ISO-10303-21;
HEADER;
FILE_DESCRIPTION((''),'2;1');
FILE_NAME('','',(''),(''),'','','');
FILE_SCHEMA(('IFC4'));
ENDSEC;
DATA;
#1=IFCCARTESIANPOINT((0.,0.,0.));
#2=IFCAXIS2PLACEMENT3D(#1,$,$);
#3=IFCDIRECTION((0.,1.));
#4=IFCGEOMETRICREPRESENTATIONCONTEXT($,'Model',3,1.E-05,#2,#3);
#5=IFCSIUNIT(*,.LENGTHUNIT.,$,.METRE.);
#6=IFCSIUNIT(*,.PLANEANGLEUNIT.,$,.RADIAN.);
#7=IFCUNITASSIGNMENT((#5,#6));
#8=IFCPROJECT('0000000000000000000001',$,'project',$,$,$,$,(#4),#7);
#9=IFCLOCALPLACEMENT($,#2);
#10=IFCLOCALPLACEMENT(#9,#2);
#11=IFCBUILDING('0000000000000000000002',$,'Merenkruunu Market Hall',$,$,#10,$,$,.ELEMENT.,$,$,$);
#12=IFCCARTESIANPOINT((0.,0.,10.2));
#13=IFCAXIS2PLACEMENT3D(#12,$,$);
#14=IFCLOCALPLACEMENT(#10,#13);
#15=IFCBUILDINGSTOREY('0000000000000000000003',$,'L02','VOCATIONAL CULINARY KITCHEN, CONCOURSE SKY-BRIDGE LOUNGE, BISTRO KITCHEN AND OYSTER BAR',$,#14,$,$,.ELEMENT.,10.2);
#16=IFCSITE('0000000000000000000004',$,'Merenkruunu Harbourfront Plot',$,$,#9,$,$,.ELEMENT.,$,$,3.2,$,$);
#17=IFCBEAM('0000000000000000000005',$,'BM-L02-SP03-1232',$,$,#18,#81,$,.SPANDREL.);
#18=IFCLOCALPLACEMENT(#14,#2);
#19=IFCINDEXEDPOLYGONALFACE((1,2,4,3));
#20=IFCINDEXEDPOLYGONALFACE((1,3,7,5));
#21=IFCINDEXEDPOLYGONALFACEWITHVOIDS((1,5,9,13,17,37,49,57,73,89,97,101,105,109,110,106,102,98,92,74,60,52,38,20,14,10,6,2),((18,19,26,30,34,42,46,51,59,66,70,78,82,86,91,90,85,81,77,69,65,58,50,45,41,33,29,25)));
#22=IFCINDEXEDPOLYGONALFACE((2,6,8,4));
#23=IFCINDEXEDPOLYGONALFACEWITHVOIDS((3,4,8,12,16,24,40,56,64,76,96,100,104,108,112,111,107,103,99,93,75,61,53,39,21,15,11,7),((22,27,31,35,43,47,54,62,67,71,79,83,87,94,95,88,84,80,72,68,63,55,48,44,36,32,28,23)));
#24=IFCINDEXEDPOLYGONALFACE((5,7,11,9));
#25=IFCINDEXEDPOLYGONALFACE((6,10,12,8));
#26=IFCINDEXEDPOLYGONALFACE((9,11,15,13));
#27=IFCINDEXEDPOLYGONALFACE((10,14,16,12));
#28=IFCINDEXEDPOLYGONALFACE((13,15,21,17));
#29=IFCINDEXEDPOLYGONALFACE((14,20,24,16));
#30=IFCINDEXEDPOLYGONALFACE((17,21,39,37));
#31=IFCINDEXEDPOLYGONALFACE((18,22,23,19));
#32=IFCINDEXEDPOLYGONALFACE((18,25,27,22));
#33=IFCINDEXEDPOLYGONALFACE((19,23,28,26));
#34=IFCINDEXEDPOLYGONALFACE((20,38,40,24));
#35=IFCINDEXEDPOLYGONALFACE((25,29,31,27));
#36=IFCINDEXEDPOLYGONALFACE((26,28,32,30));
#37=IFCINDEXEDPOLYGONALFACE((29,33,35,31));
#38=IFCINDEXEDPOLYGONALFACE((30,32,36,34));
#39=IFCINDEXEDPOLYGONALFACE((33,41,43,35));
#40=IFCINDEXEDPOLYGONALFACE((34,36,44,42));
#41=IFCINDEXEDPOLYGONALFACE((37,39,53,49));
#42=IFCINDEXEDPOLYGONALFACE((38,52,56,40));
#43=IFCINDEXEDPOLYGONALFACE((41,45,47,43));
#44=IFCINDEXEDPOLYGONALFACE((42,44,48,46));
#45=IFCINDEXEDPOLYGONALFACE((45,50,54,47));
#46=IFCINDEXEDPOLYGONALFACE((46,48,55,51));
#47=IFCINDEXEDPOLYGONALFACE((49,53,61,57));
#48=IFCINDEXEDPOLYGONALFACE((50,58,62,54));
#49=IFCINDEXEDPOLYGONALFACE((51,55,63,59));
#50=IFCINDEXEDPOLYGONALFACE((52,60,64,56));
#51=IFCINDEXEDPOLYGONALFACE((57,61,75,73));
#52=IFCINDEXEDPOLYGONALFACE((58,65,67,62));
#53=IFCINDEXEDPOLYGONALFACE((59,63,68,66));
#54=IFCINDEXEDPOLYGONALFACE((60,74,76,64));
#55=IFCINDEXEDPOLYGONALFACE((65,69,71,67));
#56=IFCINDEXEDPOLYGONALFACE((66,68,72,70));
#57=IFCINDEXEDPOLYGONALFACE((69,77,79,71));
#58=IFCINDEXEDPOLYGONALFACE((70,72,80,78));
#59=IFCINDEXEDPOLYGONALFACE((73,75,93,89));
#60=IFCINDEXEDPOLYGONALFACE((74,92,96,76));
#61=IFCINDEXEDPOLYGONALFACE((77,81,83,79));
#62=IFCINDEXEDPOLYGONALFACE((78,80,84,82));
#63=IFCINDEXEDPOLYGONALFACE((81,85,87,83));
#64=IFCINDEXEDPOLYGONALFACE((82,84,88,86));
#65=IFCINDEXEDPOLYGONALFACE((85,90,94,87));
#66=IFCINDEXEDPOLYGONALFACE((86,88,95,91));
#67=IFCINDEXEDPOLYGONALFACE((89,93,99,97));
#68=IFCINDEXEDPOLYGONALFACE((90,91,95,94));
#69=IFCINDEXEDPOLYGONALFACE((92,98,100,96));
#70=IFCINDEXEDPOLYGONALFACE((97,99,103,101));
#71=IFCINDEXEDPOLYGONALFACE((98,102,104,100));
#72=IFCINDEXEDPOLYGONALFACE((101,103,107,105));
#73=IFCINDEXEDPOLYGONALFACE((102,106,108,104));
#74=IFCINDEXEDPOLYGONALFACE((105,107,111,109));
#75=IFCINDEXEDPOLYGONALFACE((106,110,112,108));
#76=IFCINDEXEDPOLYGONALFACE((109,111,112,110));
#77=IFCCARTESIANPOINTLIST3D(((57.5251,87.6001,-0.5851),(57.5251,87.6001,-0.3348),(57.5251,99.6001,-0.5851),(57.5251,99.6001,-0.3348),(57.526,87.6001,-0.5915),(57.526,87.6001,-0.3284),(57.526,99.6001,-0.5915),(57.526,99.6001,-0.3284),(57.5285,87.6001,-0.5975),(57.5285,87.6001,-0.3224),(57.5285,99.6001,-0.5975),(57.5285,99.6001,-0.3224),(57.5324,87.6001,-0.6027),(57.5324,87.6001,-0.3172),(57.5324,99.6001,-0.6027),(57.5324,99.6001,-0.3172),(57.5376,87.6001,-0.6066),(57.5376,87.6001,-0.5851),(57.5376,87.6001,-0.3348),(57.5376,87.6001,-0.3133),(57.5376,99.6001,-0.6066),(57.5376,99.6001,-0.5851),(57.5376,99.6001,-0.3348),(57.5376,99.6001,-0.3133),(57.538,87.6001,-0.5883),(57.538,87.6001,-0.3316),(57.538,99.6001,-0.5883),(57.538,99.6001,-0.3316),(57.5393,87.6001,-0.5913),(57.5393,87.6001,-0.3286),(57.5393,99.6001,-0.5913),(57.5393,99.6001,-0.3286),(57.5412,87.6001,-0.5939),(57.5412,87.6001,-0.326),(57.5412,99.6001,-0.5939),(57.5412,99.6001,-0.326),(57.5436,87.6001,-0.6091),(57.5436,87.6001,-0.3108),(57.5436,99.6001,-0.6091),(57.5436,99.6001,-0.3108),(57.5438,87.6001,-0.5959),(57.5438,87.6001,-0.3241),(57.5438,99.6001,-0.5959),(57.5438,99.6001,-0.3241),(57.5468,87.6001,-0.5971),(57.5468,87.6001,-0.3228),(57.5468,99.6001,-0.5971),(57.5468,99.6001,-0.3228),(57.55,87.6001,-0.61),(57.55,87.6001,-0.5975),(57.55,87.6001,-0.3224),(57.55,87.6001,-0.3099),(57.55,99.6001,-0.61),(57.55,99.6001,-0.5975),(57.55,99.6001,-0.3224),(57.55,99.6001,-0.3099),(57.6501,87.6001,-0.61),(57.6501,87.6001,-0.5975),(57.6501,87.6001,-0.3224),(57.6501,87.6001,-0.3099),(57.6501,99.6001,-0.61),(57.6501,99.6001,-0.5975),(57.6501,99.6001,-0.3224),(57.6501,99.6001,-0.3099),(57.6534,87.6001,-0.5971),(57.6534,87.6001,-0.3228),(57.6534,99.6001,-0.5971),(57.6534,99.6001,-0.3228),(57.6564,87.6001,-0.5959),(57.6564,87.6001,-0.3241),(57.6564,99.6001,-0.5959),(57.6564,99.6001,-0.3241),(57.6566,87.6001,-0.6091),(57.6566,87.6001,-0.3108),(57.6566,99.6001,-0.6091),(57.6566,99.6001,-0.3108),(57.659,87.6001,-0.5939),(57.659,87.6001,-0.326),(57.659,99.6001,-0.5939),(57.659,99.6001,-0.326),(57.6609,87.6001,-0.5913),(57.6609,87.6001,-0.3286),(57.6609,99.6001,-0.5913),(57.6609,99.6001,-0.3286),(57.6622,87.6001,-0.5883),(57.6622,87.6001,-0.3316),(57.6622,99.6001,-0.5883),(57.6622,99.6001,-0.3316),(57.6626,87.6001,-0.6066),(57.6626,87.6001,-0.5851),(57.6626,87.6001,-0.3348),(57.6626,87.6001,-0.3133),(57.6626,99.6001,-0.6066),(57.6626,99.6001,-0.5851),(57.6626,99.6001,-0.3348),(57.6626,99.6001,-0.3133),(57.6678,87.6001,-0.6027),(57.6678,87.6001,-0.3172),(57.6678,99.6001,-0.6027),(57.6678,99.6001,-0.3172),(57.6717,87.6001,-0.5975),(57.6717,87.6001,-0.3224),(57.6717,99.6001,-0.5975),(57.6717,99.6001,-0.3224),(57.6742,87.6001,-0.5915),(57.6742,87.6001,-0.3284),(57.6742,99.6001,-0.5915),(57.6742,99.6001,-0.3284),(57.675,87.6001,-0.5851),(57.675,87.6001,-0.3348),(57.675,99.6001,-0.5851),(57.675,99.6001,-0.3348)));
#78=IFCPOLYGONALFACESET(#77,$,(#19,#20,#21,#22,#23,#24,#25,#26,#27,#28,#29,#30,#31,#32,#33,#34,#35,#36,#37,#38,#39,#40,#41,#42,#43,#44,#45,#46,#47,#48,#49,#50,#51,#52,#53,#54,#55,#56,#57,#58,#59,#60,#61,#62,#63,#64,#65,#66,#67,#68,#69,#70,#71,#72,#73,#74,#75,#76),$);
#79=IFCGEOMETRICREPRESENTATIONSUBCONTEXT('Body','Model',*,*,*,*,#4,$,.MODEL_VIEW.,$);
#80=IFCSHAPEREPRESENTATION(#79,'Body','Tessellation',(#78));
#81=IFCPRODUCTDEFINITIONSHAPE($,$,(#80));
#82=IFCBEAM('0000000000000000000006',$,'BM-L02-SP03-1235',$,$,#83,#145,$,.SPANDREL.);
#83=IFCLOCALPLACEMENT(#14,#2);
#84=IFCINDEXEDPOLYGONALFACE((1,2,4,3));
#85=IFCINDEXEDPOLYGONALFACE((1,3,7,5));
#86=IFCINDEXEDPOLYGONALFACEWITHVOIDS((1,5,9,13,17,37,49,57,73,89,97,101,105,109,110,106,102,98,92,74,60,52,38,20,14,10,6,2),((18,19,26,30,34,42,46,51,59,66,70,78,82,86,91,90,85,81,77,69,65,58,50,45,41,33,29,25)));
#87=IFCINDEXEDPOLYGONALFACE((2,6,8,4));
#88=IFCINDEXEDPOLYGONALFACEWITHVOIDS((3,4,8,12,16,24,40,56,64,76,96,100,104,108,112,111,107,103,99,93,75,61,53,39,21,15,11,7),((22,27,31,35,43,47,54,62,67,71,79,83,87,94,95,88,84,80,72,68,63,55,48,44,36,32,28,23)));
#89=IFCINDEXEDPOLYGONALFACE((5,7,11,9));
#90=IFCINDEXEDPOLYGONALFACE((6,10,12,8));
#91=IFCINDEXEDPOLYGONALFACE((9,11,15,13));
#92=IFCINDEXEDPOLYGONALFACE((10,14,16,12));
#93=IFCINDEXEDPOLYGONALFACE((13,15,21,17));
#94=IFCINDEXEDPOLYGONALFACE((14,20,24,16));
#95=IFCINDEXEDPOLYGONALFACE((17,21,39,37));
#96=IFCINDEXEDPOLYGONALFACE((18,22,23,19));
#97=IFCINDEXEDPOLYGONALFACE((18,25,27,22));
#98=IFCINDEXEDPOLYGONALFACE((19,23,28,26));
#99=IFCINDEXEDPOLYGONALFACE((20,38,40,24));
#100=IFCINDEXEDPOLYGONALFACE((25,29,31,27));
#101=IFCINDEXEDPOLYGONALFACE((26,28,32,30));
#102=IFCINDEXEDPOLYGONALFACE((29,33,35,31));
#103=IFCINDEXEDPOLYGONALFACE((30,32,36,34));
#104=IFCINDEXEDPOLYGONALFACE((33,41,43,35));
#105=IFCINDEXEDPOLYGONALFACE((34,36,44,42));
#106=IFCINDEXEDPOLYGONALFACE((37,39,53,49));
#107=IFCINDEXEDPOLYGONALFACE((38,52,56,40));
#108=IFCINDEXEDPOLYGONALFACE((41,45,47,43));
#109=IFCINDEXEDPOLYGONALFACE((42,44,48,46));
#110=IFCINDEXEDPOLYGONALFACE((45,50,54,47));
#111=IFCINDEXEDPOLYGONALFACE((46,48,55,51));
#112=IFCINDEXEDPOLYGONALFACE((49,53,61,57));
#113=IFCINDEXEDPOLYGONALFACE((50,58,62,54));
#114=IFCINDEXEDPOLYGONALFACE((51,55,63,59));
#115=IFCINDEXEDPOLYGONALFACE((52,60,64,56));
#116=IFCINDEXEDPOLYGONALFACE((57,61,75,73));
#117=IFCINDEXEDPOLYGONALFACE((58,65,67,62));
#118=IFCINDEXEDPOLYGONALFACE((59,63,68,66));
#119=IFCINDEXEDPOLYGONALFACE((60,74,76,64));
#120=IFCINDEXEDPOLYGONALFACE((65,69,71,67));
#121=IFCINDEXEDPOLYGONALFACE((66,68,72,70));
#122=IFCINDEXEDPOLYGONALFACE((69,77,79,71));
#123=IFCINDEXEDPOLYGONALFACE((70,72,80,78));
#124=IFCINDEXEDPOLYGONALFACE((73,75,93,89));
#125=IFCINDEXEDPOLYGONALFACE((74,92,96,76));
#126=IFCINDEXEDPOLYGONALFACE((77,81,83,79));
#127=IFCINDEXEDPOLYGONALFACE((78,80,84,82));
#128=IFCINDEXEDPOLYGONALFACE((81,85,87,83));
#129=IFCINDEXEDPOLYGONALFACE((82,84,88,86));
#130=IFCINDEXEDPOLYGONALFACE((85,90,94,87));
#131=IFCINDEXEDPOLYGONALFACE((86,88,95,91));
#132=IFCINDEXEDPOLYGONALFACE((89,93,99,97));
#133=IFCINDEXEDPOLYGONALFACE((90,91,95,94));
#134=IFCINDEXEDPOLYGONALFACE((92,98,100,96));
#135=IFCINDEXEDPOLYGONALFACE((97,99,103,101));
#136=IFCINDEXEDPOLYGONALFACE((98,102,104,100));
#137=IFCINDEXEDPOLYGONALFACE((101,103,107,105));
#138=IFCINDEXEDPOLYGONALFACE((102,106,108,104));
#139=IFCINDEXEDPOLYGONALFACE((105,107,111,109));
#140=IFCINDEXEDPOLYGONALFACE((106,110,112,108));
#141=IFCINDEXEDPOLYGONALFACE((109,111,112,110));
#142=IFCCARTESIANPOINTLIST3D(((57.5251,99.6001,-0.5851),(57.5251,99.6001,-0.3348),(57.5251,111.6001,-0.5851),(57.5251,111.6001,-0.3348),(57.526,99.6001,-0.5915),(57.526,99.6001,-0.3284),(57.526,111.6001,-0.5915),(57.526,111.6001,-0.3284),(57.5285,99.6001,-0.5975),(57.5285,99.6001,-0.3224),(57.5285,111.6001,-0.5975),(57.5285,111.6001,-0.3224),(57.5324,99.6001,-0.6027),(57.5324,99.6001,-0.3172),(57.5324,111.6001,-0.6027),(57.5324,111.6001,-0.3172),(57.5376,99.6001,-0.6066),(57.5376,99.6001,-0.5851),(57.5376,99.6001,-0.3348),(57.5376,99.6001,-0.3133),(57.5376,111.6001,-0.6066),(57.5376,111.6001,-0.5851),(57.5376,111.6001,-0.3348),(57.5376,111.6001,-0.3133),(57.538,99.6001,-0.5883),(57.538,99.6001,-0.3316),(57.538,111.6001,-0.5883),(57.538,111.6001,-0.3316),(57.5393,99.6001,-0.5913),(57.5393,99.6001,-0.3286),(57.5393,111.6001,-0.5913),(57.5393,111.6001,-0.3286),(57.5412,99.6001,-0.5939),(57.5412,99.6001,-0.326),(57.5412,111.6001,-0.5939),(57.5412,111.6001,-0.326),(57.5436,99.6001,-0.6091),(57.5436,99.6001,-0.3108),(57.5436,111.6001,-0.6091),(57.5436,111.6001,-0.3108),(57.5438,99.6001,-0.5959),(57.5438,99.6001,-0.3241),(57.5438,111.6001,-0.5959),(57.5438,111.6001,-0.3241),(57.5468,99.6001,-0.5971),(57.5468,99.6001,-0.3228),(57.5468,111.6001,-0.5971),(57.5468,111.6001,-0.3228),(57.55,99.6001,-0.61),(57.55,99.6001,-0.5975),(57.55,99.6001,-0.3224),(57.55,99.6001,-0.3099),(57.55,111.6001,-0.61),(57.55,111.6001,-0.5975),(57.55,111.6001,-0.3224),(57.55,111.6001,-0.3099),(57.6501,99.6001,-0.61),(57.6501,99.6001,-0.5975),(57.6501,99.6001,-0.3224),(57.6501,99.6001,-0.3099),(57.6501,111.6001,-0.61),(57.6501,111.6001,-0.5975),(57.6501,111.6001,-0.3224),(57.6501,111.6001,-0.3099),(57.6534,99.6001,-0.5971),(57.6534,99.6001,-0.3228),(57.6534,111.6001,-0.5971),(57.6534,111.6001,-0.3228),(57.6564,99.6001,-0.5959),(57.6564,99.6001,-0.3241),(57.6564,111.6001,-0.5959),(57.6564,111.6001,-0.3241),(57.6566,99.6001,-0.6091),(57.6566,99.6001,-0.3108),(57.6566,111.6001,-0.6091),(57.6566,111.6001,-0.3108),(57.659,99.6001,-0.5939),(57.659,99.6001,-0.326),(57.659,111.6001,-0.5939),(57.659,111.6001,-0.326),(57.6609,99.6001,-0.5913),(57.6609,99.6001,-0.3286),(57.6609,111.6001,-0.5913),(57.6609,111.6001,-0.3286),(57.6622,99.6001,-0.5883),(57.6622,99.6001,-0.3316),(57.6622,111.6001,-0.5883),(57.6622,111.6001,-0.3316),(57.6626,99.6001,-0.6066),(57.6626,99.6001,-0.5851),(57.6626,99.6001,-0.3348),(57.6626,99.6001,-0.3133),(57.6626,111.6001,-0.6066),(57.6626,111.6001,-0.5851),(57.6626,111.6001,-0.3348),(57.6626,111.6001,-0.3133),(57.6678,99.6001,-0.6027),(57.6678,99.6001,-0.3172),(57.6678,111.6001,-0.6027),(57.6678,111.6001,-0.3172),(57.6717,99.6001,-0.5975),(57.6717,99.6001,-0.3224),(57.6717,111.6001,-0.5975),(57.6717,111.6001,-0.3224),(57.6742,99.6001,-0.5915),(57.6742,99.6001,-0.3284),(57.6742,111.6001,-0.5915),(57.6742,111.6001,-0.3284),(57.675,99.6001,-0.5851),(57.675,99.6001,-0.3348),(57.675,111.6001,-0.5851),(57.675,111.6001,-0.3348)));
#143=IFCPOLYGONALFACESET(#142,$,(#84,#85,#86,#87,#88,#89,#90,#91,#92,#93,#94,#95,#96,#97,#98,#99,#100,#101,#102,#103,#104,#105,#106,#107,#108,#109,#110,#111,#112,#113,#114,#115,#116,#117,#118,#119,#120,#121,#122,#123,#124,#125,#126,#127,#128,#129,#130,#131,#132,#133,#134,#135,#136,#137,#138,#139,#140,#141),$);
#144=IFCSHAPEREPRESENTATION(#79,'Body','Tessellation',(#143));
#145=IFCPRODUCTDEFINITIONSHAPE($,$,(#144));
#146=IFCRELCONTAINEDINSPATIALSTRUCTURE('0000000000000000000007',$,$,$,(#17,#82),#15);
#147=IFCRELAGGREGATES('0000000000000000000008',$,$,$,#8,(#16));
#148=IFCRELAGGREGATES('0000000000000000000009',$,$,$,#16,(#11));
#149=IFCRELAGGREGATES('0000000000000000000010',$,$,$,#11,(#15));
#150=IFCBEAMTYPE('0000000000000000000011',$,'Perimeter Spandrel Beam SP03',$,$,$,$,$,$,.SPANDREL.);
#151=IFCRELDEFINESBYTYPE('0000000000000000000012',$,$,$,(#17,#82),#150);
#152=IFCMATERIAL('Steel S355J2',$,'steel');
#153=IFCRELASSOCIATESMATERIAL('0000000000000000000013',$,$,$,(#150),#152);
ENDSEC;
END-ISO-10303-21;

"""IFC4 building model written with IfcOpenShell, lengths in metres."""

from ifc_helpers import new_model, si_unit, direction, frame, origin, origin_2d, place, context, subcontext, project, spatial, hollow_rectangle, extrude, material, material_profile, profile_set, type_object, element, save


model = new_model("IFC4")

# Units and contexts
model_context = context("Model", 3, precision=1e-05, world=origin(), true_north=direction((0.0, 1.0)))
body_context = subcontext(model_context, "Body", "Model", "MODEL_VIEW")
ifc_project = project(units=[si_unit("LENGTHUNIT", "METRE"), si_unit("PLANEANGLEUNIT", "RADIAN")], contexts=[model_context])

# Site, building, storey
site_placement = place(None, origin())
site = spatial("IfcSite", under=ifc_project, at=site_placement, Name="Merenkruunu Harbourfront Plot", CompositionType="ELEMENT", RefElevation=3.2)
building_placement = place(site_placement, origin())
building = spatial("IfcBuilding", under=site, at=building_placement, Name="Merenkruunu Market Hall", CompositionType="ELEMENT")
storey_placement = place(building_placement, frame((0.0, 0.0, 10.2)))
storey = spatial("IfcBuildingStorey", under=building, at=storey_placement, Name="L02", Description="VOCATIONAL CULINARY KITCHEN, CONCOURSE SKY-BRIDGE LOUNGE, BISTRO KITCHEN AND OYSTER BAR", CompositionType="ELEMENT", Elevation=10.2)

# Beams
ifc_material_1 = material(Name="Steel S355J2", Category="steel")
ifc_material_profile_1 = material_profile(ifc_material_1, hollow_rectangle(XDim=0.1499, YDim=0.3, WallThickness=0.0125, InnerFilletRadius=0.0125, OuterFilletRadius=0.0249, at=origin_2d()), Name="RHS 300x150x12.5")
ifc_profile_set_1 = profile_set([ifc_material_profile_1], Name="Steel S355J2")
beam_type_1 = type_object("IfcBeamType", Name="Perimeter Spandrel Beam SP03", PredefinedType="SPANDREL", material=ifc_profile_set_1)
for number, where, z_axis, x_axis, name in (
    (1, (57.6001, 87.6001, -0.46), (0.0, 1.0, 0.0), (-1.0, 0.0, 0.0), "BM-L02-SP03-1232"),
    (2, (57.6001, 99.6001, -0.46), (0.0, 1.0, 0.0), (-1.0, 0.0, 0.0), "BM-L02-SP03-1235"),
):
    element("IfcBeam", number, at=place(storey_placement, frame(where, z_axis=z_axis, x_axis=x_axis)), inside=storey, type_object=beam_type_1, Name=name, PredefinedType="SPANDREL", context=body_context, shape_type="SweptSolid", body=[
        extrude(hollow_rectangle(XDim=0.1499, YDim=0.3, WallThickness=0.0125, InnerFilletRadius=0.0125, OuterFilletRadius=0.0249, at=origin_2d()), origin(), (0.0, 0.0, 1.0), 12.0),
    ])

save(model, "model.ifc")
